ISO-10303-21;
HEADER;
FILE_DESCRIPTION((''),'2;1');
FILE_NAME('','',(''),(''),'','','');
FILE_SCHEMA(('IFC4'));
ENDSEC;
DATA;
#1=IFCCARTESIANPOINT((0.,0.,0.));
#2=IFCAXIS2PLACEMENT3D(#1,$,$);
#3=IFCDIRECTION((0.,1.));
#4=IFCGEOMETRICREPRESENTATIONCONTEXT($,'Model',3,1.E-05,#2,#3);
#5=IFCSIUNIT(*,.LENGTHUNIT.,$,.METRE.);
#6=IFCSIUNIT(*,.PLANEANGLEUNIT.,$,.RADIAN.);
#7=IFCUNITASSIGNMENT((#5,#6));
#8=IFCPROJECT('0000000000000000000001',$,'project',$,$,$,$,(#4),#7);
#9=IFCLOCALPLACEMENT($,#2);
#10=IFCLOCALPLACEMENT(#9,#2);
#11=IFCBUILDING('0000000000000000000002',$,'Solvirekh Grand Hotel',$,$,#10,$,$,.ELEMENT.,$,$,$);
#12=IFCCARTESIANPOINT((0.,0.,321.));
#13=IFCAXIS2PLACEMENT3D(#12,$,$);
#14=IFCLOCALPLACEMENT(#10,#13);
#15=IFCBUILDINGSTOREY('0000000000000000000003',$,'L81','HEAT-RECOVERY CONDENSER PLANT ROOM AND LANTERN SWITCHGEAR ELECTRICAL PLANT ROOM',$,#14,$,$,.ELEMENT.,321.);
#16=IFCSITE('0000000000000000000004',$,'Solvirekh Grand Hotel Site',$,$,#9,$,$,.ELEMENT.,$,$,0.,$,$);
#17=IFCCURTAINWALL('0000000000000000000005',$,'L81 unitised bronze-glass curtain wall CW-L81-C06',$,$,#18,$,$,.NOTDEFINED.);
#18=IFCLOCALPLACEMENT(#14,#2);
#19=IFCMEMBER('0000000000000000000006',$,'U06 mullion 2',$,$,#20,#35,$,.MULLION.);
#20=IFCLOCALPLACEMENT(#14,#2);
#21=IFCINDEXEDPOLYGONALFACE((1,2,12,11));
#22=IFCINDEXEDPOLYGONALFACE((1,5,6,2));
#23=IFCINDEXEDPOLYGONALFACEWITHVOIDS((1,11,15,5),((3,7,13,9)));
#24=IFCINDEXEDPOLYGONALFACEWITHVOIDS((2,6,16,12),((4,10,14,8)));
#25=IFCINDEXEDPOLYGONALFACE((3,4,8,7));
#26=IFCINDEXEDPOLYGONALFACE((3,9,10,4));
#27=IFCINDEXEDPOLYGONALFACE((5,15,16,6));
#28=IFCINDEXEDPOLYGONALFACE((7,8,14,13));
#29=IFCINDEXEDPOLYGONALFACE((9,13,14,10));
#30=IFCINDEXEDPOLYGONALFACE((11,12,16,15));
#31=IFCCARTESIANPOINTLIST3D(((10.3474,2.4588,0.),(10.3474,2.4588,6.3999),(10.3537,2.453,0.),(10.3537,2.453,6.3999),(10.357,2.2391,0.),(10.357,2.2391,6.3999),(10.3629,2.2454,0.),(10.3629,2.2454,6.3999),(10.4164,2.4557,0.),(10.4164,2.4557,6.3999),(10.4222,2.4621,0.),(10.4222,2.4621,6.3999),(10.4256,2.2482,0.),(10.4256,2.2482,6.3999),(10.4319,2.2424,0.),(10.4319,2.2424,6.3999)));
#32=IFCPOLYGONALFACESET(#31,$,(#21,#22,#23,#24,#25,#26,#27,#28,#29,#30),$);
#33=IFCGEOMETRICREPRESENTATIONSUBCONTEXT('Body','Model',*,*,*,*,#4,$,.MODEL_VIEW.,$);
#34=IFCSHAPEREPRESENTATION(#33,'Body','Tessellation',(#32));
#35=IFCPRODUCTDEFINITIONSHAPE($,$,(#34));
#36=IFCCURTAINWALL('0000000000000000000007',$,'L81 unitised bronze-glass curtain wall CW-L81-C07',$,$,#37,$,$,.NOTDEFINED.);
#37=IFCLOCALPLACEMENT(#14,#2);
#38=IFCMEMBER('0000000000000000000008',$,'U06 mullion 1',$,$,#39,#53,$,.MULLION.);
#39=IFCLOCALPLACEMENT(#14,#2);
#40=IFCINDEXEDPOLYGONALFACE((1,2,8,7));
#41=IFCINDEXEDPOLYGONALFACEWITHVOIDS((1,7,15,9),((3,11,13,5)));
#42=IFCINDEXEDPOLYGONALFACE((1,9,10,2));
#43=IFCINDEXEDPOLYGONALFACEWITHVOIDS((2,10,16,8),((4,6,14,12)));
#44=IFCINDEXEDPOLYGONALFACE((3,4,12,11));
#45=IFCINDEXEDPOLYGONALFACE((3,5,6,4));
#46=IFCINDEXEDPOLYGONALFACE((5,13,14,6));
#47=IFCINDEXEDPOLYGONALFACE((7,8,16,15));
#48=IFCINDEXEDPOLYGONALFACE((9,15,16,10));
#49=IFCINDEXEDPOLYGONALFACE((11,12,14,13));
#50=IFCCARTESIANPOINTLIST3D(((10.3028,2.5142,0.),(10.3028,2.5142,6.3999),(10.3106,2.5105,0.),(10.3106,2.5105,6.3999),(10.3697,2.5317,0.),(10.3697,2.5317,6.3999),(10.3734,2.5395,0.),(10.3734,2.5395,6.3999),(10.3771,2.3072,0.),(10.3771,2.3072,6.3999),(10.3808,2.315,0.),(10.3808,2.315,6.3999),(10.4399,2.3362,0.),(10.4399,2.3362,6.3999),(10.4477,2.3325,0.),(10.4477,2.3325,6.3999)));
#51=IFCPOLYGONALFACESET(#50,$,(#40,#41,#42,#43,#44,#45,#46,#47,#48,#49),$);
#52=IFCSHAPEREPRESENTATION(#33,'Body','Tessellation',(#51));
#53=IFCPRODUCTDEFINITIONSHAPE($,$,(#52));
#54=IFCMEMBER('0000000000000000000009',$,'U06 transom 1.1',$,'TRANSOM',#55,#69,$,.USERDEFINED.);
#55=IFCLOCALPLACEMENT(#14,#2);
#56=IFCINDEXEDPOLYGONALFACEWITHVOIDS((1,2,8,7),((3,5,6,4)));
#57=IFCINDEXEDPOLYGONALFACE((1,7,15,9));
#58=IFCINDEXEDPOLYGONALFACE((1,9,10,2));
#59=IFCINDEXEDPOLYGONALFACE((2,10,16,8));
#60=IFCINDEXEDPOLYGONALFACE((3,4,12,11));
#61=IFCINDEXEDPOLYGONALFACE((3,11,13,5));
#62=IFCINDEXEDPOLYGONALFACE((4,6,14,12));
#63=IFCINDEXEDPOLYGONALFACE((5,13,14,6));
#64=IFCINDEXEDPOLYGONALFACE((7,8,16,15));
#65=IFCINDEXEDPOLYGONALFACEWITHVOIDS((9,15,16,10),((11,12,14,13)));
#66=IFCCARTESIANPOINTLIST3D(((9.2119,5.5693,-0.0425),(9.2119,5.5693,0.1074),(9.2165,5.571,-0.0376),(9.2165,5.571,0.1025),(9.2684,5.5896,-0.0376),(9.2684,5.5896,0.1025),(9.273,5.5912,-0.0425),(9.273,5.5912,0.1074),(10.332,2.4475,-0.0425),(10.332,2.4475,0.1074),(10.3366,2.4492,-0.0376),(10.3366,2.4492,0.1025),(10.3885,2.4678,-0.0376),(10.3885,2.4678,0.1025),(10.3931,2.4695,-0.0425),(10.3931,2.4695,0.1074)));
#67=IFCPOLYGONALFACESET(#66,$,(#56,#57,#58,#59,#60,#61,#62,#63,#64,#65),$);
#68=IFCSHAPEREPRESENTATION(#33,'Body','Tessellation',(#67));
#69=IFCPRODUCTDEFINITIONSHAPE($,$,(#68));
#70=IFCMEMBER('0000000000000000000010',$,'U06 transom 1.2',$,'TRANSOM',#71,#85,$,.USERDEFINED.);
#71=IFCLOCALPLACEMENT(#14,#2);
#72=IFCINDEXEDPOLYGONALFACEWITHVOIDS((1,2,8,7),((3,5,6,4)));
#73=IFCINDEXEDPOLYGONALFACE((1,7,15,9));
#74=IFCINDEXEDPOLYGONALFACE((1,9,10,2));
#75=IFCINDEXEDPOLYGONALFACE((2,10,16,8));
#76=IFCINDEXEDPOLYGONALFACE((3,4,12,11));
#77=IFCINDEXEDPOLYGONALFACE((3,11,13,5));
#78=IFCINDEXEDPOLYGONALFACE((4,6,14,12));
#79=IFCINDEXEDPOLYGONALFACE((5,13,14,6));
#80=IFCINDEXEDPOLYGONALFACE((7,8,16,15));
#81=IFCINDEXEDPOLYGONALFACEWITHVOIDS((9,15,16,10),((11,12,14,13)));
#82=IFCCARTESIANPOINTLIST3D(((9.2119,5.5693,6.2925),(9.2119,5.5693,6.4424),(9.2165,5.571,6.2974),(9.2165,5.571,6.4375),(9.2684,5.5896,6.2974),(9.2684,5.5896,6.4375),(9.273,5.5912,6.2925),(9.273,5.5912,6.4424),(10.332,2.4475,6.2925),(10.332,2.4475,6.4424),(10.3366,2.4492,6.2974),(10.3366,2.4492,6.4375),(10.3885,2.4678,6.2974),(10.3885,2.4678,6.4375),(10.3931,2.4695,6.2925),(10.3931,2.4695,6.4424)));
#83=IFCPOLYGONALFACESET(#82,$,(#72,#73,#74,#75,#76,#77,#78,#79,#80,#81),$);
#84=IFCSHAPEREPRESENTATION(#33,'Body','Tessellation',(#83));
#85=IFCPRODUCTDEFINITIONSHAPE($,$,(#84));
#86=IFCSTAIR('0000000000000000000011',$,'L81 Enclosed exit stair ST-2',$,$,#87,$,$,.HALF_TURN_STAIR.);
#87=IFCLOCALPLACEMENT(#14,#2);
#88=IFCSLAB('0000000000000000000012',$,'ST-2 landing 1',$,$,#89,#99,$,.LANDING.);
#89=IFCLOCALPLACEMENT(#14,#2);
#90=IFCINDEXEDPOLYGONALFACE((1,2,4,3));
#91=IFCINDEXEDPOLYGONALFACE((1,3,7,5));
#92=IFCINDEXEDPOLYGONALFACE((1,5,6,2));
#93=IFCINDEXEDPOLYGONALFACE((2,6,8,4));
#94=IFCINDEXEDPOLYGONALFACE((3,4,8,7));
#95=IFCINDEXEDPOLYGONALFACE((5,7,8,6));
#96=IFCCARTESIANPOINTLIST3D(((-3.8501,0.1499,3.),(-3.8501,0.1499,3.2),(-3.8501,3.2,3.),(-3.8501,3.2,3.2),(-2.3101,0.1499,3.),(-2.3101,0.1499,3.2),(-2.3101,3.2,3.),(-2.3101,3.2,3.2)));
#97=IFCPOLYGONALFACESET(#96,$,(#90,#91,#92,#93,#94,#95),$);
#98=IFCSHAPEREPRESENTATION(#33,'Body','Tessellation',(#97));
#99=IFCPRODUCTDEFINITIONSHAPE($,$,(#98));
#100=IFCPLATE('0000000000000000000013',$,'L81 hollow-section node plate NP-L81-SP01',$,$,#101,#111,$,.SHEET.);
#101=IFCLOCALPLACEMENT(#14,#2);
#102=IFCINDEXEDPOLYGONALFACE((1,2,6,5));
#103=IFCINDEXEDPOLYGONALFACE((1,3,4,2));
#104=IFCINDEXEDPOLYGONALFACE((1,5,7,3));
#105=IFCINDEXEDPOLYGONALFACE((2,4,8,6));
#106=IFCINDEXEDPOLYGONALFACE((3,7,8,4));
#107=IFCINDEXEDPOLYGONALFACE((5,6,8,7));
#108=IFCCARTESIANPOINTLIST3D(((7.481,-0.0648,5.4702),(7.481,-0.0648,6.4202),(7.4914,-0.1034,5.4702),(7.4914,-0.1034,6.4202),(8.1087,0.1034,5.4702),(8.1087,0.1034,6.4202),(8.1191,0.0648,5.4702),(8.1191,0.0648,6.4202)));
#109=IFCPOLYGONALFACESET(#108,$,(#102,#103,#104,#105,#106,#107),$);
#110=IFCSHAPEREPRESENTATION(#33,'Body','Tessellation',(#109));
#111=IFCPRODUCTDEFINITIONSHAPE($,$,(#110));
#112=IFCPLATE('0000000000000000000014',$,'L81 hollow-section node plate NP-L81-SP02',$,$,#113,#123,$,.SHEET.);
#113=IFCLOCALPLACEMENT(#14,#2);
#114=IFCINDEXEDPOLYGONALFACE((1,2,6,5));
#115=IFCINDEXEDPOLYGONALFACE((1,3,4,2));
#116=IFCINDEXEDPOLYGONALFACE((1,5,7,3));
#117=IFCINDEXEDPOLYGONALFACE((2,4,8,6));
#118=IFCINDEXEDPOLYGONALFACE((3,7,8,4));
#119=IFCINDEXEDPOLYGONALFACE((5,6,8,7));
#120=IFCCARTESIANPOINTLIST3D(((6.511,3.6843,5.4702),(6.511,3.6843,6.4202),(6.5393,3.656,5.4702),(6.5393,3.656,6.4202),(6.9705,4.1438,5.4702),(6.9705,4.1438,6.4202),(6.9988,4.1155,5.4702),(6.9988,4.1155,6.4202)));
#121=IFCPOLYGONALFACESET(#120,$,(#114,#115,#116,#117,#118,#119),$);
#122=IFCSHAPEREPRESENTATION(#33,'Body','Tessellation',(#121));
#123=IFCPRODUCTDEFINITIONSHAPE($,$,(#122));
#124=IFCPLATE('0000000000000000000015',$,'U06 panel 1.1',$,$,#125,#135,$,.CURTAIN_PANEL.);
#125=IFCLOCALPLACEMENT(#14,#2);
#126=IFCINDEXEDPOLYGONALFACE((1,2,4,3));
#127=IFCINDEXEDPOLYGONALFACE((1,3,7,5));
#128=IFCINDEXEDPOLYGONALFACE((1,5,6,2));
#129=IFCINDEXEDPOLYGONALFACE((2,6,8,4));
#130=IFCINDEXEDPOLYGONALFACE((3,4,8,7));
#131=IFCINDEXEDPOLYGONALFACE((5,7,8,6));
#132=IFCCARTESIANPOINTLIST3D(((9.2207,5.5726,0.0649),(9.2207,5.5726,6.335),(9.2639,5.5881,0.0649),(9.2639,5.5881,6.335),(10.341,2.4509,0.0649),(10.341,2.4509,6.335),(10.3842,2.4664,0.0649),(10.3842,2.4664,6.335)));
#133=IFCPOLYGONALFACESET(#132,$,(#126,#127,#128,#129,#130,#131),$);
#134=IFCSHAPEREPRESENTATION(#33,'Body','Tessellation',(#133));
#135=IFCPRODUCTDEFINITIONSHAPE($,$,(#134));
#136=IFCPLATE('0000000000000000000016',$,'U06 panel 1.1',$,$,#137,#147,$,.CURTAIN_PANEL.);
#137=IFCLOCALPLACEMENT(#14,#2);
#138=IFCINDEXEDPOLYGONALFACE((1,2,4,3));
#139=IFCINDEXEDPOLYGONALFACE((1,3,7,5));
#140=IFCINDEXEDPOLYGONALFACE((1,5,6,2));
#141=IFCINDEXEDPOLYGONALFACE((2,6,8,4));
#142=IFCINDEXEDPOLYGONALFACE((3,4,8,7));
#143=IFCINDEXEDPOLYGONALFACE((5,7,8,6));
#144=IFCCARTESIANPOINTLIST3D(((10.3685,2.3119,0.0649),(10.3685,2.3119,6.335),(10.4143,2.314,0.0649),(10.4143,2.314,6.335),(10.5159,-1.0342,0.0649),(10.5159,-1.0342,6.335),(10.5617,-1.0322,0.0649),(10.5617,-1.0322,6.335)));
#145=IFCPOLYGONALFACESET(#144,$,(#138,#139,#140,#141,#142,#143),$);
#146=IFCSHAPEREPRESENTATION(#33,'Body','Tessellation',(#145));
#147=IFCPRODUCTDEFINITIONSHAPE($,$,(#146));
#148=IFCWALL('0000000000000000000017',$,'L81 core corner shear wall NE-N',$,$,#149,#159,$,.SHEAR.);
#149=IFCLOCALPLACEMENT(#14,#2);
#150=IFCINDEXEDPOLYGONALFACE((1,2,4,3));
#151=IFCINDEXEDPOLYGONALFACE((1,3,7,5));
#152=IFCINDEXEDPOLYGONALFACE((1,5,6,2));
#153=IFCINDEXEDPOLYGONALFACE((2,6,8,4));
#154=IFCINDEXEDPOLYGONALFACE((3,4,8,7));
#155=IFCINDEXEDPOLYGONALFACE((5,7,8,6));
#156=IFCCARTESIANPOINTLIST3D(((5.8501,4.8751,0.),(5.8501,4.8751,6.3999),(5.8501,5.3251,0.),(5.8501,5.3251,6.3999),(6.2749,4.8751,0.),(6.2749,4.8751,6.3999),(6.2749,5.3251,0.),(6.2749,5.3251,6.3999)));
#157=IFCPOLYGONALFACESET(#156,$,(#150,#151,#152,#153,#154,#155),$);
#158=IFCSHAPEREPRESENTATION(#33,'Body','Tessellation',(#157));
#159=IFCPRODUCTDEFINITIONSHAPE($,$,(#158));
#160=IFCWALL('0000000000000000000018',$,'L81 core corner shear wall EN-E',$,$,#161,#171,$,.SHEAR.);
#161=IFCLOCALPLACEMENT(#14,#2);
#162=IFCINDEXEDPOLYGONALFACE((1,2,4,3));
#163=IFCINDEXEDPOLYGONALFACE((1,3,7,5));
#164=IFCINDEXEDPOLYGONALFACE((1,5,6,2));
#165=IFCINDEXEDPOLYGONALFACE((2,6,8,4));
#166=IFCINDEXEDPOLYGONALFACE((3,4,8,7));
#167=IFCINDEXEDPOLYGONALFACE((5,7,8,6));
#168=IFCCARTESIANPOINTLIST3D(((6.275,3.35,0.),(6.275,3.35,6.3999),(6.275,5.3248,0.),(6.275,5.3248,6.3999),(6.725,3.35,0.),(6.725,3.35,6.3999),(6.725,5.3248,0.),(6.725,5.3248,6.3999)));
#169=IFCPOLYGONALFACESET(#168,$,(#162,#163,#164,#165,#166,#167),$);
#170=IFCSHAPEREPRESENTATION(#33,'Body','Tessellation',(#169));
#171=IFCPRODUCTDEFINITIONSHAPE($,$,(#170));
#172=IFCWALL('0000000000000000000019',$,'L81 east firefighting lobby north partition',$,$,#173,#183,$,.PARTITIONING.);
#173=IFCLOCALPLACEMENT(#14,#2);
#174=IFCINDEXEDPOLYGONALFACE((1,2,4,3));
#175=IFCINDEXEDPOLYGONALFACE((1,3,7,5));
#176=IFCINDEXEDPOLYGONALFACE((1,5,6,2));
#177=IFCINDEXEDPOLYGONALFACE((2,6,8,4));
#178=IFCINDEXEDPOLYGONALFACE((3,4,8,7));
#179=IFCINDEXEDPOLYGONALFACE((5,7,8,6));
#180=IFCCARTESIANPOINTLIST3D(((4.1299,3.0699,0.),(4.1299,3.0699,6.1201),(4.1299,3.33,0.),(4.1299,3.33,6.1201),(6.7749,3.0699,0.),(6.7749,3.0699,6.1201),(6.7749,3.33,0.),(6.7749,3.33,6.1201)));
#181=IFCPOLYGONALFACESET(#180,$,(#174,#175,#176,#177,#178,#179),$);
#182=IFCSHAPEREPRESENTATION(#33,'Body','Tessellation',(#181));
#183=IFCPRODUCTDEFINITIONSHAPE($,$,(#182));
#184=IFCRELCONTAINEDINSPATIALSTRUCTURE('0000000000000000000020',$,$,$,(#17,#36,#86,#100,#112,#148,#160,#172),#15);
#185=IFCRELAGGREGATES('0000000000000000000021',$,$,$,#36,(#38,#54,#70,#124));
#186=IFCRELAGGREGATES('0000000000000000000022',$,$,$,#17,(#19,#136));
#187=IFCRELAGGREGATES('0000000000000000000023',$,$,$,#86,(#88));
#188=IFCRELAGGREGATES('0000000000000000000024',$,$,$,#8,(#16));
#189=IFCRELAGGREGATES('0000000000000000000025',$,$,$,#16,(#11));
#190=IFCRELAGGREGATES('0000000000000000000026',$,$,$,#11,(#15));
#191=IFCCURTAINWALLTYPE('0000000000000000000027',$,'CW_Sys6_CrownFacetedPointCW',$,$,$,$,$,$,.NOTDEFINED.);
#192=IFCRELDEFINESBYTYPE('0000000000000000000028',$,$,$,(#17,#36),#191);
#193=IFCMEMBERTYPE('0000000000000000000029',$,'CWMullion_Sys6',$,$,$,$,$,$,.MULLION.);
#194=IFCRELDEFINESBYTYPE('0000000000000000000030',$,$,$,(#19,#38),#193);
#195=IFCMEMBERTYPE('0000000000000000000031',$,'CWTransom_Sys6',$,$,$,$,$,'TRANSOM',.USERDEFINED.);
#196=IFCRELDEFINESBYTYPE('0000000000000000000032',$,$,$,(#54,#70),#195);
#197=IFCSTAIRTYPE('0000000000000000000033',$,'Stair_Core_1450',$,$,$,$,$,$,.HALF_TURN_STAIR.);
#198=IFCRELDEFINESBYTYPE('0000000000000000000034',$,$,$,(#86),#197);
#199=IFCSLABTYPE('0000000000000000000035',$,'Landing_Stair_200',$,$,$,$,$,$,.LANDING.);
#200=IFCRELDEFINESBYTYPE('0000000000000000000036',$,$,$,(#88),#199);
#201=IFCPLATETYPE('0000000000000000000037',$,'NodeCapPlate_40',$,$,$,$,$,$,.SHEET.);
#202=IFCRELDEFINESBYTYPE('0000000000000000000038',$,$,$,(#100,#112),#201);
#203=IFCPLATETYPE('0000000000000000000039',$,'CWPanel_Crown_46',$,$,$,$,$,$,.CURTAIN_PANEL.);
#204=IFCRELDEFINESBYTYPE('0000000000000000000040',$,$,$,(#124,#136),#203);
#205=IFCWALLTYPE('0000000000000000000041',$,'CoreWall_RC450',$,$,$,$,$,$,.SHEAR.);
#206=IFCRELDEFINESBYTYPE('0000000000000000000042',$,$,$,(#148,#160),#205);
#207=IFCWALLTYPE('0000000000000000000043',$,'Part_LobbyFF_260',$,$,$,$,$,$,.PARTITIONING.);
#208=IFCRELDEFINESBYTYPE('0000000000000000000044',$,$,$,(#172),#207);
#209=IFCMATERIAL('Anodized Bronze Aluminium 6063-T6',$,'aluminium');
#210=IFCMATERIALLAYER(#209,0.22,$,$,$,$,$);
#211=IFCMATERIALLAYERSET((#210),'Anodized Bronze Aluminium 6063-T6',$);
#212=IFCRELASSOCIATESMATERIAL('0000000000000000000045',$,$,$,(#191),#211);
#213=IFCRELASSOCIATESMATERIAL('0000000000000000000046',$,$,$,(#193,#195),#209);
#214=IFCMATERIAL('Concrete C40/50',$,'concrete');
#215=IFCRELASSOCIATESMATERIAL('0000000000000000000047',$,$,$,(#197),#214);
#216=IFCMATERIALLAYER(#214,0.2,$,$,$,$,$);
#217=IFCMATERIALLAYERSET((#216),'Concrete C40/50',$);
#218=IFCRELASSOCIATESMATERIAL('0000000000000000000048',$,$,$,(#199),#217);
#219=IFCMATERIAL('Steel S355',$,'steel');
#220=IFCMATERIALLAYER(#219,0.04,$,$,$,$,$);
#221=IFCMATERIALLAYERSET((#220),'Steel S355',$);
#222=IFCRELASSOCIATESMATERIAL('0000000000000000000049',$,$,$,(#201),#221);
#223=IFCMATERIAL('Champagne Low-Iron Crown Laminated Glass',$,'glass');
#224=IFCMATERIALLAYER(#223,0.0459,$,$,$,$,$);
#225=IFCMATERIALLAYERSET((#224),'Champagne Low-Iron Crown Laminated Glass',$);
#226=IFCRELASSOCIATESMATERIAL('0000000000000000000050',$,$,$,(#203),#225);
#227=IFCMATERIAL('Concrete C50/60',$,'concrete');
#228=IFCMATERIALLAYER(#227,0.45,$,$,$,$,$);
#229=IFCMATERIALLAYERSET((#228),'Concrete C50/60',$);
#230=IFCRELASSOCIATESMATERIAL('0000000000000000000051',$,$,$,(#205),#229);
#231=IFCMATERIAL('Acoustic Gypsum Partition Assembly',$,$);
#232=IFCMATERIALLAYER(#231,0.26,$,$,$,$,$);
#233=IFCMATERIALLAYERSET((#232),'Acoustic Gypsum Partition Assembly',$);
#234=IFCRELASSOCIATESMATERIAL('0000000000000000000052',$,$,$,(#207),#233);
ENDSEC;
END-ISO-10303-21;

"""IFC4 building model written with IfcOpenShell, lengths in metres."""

from ifc_helpers import new_model, si_unit, direction, frame, frame_2d, origin, origin_2d, place, context, subcontext, project, spatial, polyline, rectangle, hollow_rectangle, outline, extrude, source, transform, mapped, material, layer, layer_set, material_profile, profile_set, type_object, element, aggregate, save


model = new_model("IFC4")

# Units and contexts
model_context = context("Model", 3, precision=1e-05, world=origin(), true_north=direction((0.0, 1.0)))
body_context = subcontext(model_context, "Body", "Model", "MODEL_VIEW")
ifc_project = project(units=[si_unit("LENGTHUNIT", "METRE"), si_unit("PLANEANGLEUNIT", "RADIAN")], contexts=[model_context])

# Site, building, storey
site_placement = place(None, origin())
site = spatial("IfcSite", under=ifc_project, at=site_placement, Name="Solvirekh Grand Hotel Site", CompositionType="ELEMENT", RefElevation=0.0)
building_placement = place(site_placement, origin())
building = spatial("IfcBuilding", under=site, at=building_placement, Name="Solvirekh Grand Hotel", CompositionType="ELEMENT")
storey_placement = place(building_placement, frame((0.0, 0.0, 321.0)))
storey = spatial("IfcBuildingStorey", under=building, at=storey_placement, Name="L81", Description="HEAT-RECOVERY CONDENSER PLANT ROOM AND LANTERN SWITCHGEAR ELECTRICAL PLANT ROOM", CompositionType="ELEMENT", Elevation=321.0)

# Shared definitions
ifc_material_1 = material(Name="Steel S355", Category="steel")

# Curtain wall, member
ifc_material_2 = material(Name="Anodized Bronze Aluminium 6063-T6", Category="aluminium")
ifc_layer_1 = layer(ifc_material_2, 0.22)
ifc_layer_set_1 = layer_set([ifc_layer_1], Name="Anodized Bronze Aluminium 6063-T6")
curtain_wall_type = type_object("IfcCurtainWallType", Name="CW_Sys6_CrownFacetedPointCW", PredefinedType="NOTDEFINED", material=ifc_layer_set_1)
curtain_wall_1_placement = place(storey_placement, origin())
curtain_wall_1 = element("IfcCurtainWall", 1, at=curtain_wall_1_placement, inside=storey, type_object=curtain_wall_type, Name="L81 unitised bronze-glass curtain wall CW-L81-C06", PredefinedType="NOTDEFINED")
ifc_material_profile_1 = material_profile(ifc_material_2, hollow_rectangle(XDim=0.075, YDim=0.22, WallThickness=0.0061, at=origin_2d()), Name="ALU RHS 220X75X6")
ifc_profile_set_1 = profile_set([ifc_material_profile_1], Name="Anodized Bronze Aluminium 6063-T6")
member_type_1 = type_object("IfcMemberType", Name="CWMullion_Sys6", PredefinedType="MULLION", material=ifc_profile_set_1)
shared_shape_1 = source(origin(), body_context, "Body", "SweptSolid", [
    extrude(hollow_rectangle(XDim=0.075, YDim=0.22, WallThickness=0.0061, at=origin_2d()), origin(), (0.0, 0.0, 1.0), 6.3999),
])
member_1_placement = place(storey_placement, frame((10.3896, 2.3506, 0.0), z_axis=(0.0, 0.0, 1.0), x_axis=(-0.999031, -0.044008, 0.0)))
member_1 = element("IfcMember", 2, at=member_1_placement, type_object=member_type_1, Name="U06 mullion 2", PredefinedType="MULLION", context=body_context, shape_type="MappedRepresentation", body=[
    mapped(shared_shape_1, transform((0.0, 0.0, 0.0), x_axis=(1.0, 0.0, 0.0), y_axis=(0.0, 1.0, 0.0), z_axis=(0.0, 0.0, 1.0), scale=1.0)),
])

# Curtain wall, members
curtain_wall_2_placement = place(storey_placement, origin())
curtain_wall_2 = element("IfcCurtainWall", 3, at=curtain_wall_2_placement, inside=storey, type_object=curtain_wall_type, Name="L81 unitised bronze-glass curtain wall CW-L81-C07", PredefinedType="NOTDEFINED")
member_2_placement = place(storey_placement, frame((10.3752, 2.4233, 0.0), z_axis=(0.0, 0.0, 1.0), x_axis=(-0.941225, -0.33778, 0.0)))
member_2 = element("IfcMember", 4, at=member_2_placement, type_object=member_type_1, Name="U06 mullion 1", PredefinedType="MULLION", context=body_context, shape_type="MappedRepresentation", body=[
    mapped(shared_shape_1, transform((0.0, 0.0, 0.0), x_axis=(1.0, 0.0, 0.0), y_axis=(0.0, 1.0, 0.0), z_axis=(0.0, 0.0, 1.0), scale=1.0)),
])
ifc_material_profile_2 = material_profile(ifc_material_2, hollow_rectangle(XDim=0.0649, YDim=0.1499, WallThickness=0.0049, at=origin_2d()), Name="ALU RHS 150X65X5")
ifc_profile_set_2 = profile_set([ifc_material_profile_2], Name="Anodized Bronze Aluminium 6063-T6")
member_type_2 = type_object("IfcMemberType", Name="CWTransom_Sys6", ElementType="TRANSOM", PredefinedType="USERDEFINED", material=ifc_profile_set_2)
shared_shape_2 = source(origin(), body_context, "Body", "SweptSolid", [
    extrude(hollow_rectangle(XDim=0.0649, YDim=0.1499, WallThickness=0.0049, at=origin_2d()), origin(), (0.0, 0.0, 1.0), 3.3167),
])
member_3_placement = place(storey_placement, frame((10.3625, 2.4585, 0.0325), z_axis=(-0.337721, 0.941246, 0.0), x_axis=(-0.941246, -0.337721, 0.0)))
member_3 = element("IfcMember", 5, at=member_3_placement, type_object=member_type_2, Name="U06 transom 1.1", ObjectType="TRANSOM", PredefinedType="USERDEFINED", context=body_context, shape_type="MappedRepresentation", body=[
    mapped(shared_shape_2, transform((0.0, 0.0, 0.0), x_axis=(1.0, 0.0, 0.0), y_axis=(0.0, 1.0, 0.0), z_axis=(0.0, 0.0, 1.0), scale=1.0)),
])
member_4_placement = place(storey_placement, frame((10.3625, 2.4585, 6.3674), z_axis=(-0.337721, 0.941246, 0.0), x_axis=(-0.941246, -0.337721, 0.0)))
member_4 = element("IfcMember", 6, at=member_4_placement, type_object=member_type_2, Name="U06 transom 1.2", ObjectType="TRANSOM", PredefinedType="USERDEFINED", context=body_context, shape_type="MappedRepresentation", body=[
    mapped(shared_shape_2, transform((0.0, 0.0, 0.0), x_axis=(1.0, 0.0, 0.0), y_axis=(0.0, 1.0, 0.0), z_axis=(0.0, 0.0, 1.0), scale=1.0)),
])

# Stair, slab
ifc_material_3 = material(Name="Concrete C40/50", Category="concrete")
stair_type = type_object("IfcStairType", Name="Stair_Core_1450", PredefinedType="HALF_TURN_STAIR", material=ifc_material_3)
stair_placement = place(storey_placement, origin())
stair = element("IfcStair", 7, at=stair_placement, inside=storey, type_object=stair_type, Name="L81 Enclosed exit stair ST-2", PredefinedType="HALF_TURN_STAIR")
ifc_layer_2 = layer(ifc_material_3, 0.2)
ifc_layer_set_2 = layer_set([ifc_layer_2], Name="Concrete C40/50")
slab_type = type_object("IfcSlabType", Name="Landing_Stair_200", PredefinedType="LANDING", material=ifc_layer_set_2)
slab_placement = place(storey_placement, frame((0.0, 0.0, 3.0)))
slab = element("IfcSlab", 8, at=slab_placement, type_object=slab_type, Name="ST-2 landing 1", PredefinedType="LANDING", context=body_context, shape_type="SweptSolid", body=[
    extrude(outline(polyline([(-2.3101, 3.2), (-3.8501, 3.2), (-3.8501, 0.1499), (-2.3101, 0.1499), (-2.3101, 3.2)])), origin(), (0.0, 0.0, 1.0), 0.2),
])

# Plates
ifc_layer_3 = layer(ifc_material_1, 0.04)
ifc_layer_set_3 = layer_set([ifc_layer_3], Name="Steel S355")
plate_type_1 = type_object("IfcPlateType", Name="NodeCapPlate_40", PredefinedType="SHEET", material=ifc_layer_set_3)
for number, where, z_axis, x_axis, name in (
    (9, (7.8, 0.0, 5.4702), (0.0, 0.0, 1.0), (-0.258819, 0.965926, 0.0), "L81 hollow-section node plate NP-L81-SP01"),
    (10, (6.7549, 3.8999, 5.4702), (0.0, 0.0, 1.0), (-0.707107, 0.707107, 0.0), "L81 hollow-section node plate NP-L81-SP02"),
):
    element("IfcPlate", number, at=place(storey_placement, frame(where, z_axis=z_axis, x_axis=x_axis)), inside=storey, type_object=plate_type_1, Name=name, PredefinedType="SHEET", context=body_context, shape_type="SweptSolid", body=[
        extrude(rectangle(XDim=0.04, YDim=0.6499, at=origin_2d()), origin(), (0.0, 0.0, 1.0), 0.95),
    ])

# Plates
ifc_material_4 = material(Name="Champagne Low-Iron Crown Laminated Glass", Category="glass")
ifc_layer_4 = layer(ifc_material_4, 0.0459)
ifc_layer_set_4 = layer_set([ifc_layer_4], Name="Champagne Low-Iron Crown Laminated Glass")
plate_type_2 = type_object("IfcPlateType", Name="CWPanel_Crown_46", PredefinedType="CURTAIN_PANEL", material=ifc_layer_set_4)
shared_shape_3 = source(origin(), body_context, "Body", "SweptSolid", [
    extrude(rectangle(XDim=3.3167, YDim=0.0459, at=origin_2d()), origin(), (0.0, 0.0, 1.0), 6.27),
])
plate_1_placement = place(storey_placement, frame((9.8025, 4.0195, 0.0649), z_axis=(0.0, 0.0, 1.0), x_axis=(-0.33778, 0.941225, 0.0)))
plate_1 = element("IfcPlate", 11, at=plate_1_placement, type_object=plate_type_2, Name="U06 panel 1.1", PredefinedType="CURTAIN_PANEL", context=body_context, shape_type="MappedRepresentation", body=[
    mapped(shared_shape_3, transform((0.0, 0.0, 0.0), x_axis=(1.0, 0.0, 0.0), y_axis=(0.0, 1.0, 0.0), z_axis=(0.0, 0.0, 1.0), scale=1.0)),
])
aggregate(curtain_wall_2, [member_2, member_3, member_4, plate_1])
shared_shape_4 = source(origin(), body_context, "Body", "SweptSolid", [
    extrude(rectangle(XDim=3.3494, YDim=0.0459, at=origin_2d()), origin(), (0.0, 0.0, 1.0), 6.27),
])
plate_2_placement = place(storey_placement, frame((10.4651, 0.6399, 0.0649), z_axis=(0.0, 0.0, 1.0), x_axis=(-0.044008, 0.999031, 0.0)))
plate_2 = element("IfcPlate", 12, at=plate_2_placement, type_object=plate_type_2, Name="U06 panel 1.1", PredefinedType="CURTAIN_PANEL", context=body_context, shape_type="MappedRepresentation", body=[
    mapped(shared_shape_4, transform((0.0, 0.0, 0.0), x_axis=(1.0, 0.0, 0.0), y_axis=(0.0, 1.0, 0.0), z_axis=(0.0, 0.0, 1.0), scale=1.0)),
])
aggregate(curtain_wall_1, [member_1, plate_2])

# Walls
ifc_material_5 = material(Name="Concrete C50/60", Category="concrete")
ifc_layer_5 = layer(ifc_material_5, 0.45)
ifc_layer_set_5 = layer_set([ifc_layer_5], Name="Concrete C50/60")
wall_type_1 = type_object("IfcWallType", Name="CoreWall_RC450", PredefinedType="SHEAR", material=ifc_layer_set_5)
wall_1_placement = place(storey_placement, frame((5.8501, 5.1001, 0.0), z_axis=(0.0, 0.0, 1.0), x_axis=(1.0, 0.0, 0.0)))
element("IfcWall", 13, at=wall_1_placement, inside=storey, type_object=wall_type_1, Name="L81 core corner shear wall NE-N", PredefinedType="SHEAR", context=body_context, shape_type="SweptSolid", body=[
    extrude(rectangle(XDim=0.4248, YDim=0.45, at=frame_2d((0.2124, 0.0))), origin(), (0.0, 0.0, 1.0), 6.3999),
])
wall_2_placement = place(storey_placement, frame((6.5, 3.3501, 0.0), z_axis=(0.0, 0.0, 1.0), x_axis=(0.0, 1.0, 0.0)))
element("IfcWall", 14, at=wall_2_placement, inside=storey, type_object=wall_type_1, Name="L81 core corner shear wall EN-E", PredefinedType="SHEAR", context=body_context, shape_type="SweptSolid", body=[
    extrude(rectangle(XDim=1.9749, YDim=0.45, at=frame_2d((0.9873, 0.0))), origin(), (0.0, 0.0, 1.0), 6.3999),
])
ifc_material_6 = material(Name="Acoustic Gypsum Partition Assembly")
ifc_layer_6 = layer(ifc_material_6, 0.26)
ifc_layer_set_6 = layer_set([ifc_layer_6], Name="Acoustic Gypsum Partition Assembly")
wall_type_2 = type_object("IfcWallType", Name="Part_LobbyFF_260", PredefinedType="PARTITIONING", material=ifc_layer_set_6)
wall_3_placement = place(storey_placement, frame((4.1299, 3.2, 0.0), z_axis=(0.0, 0.0, 1.0), x_axis=(1.0, 0.0, 0.0)))
element("IfcWall", 15, at=wall_3_placement, inside=storey, type_object=wall_type_2, Name="L81 east firefighting lobby north partition", PredefinedType="PARTITIONING", context=body_context, shape_type="SweptSolid", body=[
    extrude(rectangle(XDim=2.645, YDim=0.26, at=frame_2d((1.3225, 0.0))), origin(), (0.0, 0.0, 1.0), 6.1201),
])

aggregate(stair, [slab])

save(model, "model.ifc")
